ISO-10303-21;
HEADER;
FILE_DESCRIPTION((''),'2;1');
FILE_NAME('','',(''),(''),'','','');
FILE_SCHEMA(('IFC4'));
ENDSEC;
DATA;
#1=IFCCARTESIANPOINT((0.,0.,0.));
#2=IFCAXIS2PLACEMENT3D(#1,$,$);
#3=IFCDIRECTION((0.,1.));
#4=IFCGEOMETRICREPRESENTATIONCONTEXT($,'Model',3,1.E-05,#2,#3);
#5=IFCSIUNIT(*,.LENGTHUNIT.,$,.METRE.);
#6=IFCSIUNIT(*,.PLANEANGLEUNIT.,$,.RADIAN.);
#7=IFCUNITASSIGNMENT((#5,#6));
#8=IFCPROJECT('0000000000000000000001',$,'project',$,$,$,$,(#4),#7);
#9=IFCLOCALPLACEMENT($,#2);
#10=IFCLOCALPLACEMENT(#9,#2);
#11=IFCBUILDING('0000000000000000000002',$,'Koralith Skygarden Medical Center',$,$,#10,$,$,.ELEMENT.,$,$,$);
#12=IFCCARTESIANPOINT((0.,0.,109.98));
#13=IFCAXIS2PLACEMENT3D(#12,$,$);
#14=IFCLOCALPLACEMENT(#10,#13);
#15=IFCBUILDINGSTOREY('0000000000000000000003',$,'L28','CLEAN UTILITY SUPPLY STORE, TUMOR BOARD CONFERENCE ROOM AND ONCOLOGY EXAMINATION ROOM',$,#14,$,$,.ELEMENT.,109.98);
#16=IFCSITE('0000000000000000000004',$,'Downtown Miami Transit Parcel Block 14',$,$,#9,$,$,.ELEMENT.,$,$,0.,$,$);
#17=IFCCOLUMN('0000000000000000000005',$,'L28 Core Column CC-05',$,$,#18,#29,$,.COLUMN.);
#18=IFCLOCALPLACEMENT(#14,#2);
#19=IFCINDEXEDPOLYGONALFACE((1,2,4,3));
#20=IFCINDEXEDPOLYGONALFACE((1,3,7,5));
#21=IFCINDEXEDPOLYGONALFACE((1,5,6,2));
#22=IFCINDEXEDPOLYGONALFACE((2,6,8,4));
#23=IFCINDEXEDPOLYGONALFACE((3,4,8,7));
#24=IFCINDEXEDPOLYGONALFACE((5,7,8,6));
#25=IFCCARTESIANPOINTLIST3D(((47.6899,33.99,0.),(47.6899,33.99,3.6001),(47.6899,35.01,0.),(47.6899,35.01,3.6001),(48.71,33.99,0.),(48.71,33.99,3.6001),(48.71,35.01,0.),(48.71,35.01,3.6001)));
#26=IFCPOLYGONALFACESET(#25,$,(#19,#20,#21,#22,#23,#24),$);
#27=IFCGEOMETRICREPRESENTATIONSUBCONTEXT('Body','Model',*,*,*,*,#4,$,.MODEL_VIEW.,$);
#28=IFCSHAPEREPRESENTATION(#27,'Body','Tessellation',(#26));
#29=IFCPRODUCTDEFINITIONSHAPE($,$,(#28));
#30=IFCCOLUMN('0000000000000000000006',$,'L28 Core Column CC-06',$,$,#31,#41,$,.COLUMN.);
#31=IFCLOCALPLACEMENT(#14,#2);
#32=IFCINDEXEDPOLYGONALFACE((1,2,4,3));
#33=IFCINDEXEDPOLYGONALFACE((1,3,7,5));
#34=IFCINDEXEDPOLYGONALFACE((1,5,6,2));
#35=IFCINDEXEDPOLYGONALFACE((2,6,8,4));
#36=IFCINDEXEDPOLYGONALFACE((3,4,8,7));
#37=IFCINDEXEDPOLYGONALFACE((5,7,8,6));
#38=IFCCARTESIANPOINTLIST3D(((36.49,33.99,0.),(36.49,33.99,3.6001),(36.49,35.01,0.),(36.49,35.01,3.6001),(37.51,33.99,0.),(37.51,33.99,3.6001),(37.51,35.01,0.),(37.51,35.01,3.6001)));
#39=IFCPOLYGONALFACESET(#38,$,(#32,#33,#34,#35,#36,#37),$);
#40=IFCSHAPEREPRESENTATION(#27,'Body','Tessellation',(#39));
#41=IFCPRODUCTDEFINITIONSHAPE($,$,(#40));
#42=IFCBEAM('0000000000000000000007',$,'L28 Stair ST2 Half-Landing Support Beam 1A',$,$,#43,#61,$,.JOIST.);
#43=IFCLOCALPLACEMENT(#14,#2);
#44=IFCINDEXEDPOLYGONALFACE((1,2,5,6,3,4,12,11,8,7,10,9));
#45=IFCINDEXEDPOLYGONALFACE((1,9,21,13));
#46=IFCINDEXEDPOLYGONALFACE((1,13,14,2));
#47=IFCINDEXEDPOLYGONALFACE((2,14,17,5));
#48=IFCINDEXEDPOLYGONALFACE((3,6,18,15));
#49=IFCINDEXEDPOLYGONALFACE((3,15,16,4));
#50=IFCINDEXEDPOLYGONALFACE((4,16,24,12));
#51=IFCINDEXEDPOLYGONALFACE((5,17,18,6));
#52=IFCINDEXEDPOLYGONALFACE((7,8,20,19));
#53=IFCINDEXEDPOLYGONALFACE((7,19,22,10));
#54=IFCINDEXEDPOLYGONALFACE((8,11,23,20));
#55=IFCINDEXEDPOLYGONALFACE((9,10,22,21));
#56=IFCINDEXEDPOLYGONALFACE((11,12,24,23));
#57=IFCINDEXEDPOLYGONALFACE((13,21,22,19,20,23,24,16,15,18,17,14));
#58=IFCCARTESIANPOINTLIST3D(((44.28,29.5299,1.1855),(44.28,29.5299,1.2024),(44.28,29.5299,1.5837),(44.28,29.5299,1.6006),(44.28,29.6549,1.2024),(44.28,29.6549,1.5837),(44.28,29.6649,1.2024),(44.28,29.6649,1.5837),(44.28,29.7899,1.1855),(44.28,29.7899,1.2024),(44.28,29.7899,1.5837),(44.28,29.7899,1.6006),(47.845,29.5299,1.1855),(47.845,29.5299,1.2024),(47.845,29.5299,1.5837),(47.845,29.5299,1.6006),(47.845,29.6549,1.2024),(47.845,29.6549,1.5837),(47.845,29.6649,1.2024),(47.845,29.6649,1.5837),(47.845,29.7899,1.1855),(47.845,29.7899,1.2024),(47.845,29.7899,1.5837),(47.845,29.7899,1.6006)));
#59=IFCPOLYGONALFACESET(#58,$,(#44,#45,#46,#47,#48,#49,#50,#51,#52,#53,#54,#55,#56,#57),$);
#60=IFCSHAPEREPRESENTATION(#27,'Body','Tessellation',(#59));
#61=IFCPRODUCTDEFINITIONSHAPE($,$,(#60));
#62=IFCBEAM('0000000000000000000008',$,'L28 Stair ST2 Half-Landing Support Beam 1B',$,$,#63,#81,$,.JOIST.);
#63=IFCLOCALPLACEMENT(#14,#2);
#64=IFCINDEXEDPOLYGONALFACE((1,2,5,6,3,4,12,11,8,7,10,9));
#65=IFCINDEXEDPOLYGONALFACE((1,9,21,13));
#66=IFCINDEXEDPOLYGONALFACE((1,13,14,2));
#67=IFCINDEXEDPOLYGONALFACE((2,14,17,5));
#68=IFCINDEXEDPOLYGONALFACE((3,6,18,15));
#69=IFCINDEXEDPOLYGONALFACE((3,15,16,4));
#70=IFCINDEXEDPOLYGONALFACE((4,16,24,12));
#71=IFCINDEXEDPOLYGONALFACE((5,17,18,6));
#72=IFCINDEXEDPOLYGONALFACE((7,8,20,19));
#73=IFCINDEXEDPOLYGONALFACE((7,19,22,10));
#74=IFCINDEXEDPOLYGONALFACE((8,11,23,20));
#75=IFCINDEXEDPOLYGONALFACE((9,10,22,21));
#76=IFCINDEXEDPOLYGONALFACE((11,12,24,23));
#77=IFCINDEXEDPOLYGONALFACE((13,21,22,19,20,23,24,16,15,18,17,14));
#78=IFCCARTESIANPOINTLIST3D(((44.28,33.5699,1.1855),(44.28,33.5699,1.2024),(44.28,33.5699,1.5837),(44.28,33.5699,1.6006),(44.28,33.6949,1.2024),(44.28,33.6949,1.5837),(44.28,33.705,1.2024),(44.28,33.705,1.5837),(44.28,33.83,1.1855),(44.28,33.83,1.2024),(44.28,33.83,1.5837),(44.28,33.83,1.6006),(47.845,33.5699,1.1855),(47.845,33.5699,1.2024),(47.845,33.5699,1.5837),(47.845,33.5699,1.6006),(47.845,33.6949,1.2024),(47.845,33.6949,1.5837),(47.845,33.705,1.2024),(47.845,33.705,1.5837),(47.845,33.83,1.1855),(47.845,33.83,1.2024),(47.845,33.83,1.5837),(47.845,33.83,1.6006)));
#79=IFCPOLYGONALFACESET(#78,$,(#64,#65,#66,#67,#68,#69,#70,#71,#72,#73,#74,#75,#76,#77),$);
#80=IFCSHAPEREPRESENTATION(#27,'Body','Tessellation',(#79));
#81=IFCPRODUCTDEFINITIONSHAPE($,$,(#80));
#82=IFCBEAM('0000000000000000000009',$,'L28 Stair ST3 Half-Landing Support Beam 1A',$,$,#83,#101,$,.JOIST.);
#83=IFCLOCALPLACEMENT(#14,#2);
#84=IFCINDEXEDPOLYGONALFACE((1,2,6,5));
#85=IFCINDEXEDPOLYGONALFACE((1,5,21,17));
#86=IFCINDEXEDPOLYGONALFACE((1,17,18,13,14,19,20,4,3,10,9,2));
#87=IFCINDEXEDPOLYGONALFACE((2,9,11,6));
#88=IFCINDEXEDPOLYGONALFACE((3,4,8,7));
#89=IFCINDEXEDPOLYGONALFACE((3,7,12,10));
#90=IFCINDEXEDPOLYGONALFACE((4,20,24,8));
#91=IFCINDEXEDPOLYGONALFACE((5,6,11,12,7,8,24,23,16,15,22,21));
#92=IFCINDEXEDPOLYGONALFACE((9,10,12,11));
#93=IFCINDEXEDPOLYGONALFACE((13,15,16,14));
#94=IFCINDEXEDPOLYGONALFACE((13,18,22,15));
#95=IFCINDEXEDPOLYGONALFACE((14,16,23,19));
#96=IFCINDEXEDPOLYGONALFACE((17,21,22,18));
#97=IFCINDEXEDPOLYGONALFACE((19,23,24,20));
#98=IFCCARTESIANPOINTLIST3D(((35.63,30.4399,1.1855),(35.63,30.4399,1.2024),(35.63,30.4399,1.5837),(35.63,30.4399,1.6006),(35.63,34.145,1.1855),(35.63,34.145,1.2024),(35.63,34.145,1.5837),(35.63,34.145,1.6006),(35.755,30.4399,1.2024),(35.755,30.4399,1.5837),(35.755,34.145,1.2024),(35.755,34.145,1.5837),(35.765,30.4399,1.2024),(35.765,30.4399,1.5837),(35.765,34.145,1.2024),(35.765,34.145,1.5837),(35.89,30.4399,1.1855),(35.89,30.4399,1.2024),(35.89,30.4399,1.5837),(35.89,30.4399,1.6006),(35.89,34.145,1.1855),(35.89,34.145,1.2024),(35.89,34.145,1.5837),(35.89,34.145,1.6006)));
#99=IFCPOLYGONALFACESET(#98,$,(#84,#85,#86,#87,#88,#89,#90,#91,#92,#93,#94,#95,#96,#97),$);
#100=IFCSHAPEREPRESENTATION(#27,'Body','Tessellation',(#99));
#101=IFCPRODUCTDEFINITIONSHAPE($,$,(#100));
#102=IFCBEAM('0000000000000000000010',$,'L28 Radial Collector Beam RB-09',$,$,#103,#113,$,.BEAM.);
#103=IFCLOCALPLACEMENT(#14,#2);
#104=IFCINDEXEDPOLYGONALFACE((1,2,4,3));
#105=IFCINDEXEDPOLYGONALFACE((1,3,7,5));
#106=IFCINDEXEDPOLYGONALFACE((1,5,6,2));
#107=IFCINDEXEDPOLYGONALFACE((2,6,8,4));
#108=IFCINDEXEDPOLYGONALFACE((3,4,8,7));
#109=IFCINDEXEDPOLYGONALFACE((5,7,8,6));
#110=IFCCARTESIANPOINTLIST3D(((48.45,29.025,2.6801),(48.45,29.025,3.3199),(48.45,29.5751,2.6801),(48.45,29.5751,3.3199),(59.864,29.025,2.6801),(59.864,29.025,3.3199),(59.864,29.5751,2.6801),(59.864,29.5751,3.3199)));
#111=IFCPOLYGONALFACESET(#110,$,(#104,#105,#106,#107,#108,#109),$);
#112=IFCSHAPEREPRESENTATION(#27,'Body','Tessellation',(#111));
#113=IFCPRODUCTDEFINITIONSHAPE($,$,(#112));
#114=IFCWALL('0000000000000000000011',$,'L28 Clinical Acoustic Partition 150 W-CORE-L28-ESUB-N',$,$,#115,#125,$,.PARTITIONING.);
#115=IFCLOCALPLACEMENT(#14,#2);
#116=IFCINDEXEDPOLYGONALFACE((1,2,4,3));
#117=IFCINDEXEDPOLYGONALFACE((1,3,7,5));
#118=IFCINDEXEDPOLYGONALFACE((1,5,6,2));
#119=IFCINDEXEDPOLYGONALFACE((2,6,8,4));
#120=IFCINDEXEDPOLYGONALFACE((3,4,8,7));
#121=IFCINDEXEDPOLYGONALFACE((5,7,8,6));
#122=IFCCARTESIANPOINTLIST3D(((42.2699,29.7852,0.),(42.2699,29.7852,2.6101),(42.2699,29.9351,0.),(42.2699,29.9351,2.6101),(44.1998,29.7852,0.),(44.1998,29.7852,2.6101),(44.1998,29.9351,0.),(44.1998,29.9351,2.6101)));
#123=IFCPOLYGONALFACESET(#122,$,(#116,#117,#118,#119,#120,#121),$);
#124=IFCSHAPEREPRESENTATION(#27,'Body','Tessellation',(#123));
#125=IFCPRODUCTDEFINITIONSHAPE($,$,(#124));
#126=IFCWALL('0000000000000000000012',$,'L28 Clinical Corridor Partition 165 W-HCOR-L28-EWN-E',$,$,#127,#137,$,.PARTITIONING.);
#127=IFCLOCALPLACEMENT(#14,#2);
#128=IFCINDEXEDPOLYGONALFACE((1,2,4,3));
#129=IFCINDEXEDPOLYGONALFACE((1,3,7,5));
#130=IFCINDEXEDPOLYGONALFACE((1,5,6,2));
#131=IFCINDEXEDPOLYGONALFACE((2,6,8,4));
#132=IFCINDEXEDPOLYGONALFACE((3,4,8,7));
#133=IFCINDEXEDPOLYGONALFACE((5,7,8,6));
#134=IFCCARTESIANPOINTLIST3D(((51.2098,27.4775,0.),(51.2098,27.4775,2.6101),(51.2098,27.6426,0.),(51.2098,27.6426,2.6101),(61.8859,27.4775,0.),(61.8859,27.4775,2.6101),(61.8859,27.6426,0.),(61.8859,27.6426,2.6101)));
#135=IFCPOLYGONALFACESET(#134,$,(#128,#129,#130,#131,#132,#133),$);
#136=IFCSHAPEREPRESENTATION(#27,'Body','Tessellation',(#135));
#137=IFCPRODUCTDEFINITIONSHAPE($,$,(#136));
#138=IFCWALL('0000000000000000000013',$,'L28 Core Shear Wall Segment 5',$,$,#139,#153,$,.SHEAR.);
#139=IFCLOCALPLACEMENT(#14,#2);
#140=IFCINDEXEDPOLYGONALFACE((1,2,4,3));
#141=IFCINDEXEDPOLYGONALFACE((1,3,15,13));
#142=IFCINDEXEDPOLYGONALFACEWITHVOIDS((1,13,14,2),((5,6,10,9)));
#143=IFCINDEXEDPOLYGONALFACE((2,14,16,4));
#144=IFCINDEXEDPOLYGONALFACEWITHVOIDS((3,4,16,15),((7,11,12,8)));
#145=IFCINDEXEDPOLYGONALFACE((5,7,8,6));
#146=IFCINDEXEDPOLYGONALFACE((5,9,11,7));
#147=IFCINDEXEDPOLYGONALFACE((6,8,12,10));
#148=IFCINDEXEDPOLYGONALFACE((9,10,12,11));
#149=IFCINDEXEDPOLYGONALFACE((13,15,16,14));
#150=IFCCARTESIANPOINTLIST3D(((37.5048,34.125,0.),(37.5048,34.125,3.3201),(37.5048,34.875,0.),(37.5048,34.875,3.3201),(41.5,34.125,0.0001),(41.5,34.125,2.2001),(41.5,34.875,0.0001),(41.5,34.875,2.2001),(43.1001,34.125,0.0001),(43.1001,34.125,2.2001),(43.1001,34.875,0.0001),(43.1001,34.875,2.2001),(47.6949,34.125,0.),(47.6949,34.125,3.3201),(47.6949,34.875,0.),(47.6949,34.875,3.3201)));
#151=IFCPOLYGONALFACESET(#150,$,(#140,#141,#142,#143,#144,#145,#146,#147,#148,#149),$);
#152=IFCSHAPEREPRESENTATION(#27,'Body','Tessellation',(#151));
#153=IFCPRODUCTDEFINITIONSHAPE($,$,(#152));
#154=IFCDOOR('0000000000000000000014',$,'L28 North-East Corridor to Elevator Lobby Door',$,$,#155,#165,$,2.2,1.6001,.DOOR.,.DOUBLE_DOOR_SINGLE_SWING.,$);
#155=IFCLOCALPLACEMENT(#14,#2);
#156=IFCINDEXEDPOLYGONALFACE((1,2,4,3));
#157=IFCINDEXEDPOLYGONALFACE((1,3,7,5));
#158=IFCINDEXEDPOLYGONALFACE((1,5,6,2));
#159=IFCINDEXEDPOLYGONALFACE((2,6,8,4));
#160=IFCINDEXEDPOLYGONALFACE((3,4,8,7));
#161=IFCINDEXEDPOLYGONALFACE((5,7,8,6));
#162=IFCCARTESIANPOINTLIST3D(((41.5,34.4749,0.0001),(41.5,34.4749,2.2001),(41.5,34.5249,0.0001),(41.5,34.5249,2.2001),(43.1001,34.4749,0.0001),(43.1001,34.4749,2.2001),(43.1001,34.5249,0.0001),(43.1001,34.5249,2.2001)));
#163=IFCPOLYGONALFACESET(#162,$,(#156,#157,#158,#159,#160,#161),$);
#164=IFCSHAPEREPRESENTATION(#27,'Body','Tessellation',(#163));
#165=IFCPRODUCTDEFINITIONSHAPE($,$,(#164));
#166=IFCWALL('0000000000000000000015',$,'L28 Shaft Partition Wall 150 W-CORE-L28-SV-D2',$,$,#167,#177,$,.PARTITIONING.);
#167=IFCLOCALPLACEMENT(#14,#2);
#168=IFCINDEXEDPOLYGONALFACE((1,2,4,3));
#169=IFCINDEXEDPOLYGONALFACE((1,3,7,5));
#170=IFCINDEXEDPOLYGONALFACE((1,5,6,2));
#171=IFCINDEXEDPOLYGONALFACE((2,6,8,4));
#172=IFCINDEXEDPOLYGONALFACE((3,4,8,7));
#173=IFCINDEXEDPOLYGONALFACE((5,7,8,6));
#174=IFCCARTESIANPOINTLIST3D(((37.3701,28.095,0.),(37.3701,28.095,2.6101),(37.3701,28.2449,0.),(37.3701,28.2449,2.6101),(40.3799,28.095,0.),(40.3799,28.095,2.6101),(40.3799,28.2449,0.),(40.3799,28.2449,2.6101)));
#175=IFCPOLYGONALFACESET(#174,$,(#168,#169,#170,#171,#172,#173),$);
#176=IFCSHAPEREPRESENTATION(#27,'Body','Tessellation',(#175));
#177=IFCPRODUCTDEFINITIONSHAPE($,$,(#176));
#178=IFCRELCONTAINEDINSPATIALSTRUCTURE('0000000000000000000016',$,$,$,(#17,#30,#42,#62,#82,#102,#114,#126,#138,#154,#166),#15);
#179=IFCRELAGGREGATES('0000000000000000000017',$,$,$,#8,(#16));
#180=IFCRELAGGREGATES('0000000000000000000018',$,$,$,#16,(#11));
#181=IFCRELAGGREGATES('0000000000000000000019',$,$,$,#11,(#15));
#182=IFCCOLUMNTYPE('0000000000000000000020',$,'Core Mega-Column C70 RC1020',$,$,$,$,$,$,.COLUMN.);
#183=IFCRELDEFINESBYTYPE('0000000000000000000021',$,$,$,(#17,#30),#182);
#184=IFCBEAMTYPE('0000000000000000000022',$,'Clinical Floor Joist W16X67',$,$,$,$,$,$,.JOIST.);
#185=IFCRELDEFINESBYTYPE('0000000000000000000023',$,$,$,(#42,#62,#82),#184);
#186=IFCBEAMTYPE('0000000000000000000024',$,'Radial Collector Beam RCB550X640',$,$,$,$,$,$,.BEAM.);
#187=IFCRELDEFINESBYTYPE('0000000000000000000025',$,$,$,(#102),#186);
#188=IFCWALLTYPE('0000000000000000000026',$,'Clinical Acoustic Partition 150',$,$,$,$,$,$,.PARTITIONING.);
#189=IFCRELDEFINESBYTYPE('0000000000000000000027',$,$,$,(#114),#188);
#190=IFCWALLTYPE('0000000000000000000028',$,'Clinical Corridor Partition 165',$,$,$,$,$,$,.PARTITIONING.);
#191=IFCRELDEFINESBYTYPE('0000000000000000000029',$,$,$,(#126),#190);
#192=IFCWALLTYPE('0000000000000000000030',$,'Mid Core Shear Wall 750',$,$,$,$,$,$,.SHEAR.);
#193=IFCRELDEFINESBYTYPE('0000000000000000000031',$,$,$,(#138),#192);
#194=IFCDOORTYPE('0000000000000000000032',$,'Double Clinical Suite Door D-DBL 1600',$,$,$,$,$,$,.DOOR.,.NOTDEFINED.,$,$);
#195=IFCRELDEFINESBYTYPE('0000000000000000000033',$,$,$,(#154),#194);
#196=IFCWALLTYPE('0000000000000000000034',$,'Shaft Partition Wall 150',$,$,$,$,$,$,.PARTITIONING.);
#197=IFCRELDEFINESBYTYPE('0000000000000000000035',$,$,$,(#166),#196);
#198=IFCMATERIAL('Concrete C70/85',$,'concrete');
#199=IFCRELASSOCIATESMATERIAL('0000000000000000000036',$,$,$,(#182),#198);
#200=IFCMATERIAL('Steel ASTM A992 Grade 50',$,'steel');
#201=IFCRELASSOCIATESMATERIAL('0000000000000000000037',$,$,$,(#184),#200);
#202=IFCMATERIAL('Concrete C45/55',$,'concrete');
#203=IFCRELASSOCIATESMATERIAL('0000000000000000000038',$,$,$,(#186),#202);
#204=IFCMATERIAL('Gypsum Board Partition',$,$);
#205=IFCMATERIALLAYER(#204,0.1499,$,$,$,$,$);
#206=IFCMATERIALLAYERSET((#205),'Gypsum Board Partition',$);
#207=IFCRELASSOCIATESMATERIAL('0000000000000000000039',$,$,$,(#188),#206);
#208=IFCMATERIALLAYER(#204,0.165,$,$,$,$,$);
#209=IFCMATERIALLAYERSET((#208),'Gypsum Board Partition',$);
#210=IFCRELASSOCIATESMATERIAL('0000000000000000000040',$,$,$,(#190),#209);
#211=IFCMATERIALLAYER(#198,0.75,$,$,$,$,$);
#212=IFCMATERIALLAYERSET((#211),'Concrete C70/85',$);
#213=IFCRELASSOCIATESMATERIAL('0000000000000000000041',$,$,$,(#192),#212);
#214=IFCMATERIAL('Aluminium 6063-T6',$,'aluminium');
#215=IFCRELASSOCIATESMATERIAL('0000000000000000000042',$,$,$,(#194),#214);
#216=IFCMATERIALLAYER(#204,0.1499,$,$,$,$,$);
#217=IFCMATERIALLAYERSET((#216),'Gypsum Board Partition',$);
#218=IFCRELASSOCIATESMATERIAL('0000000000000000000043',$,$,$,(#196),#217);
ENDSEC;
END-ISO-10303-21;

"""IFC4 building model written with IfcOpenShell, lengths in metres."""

from ifc_helpers import new_model, si_unit, direction, frame, frame_2d, origin, origin_2d, place, context, subcontext, project, spatial, rectangle, i_section, extrude, material, layer, layer_set, material_profile, profile_set, type_object, element, fill, save


model = new_model("IFC4")

# Units and contexts
model_context = context("Model", 3, precision=1e-05, world=origin(), true_north=direction((0.0, 1.0)))
body_context = subcontext(model_context, "Body", "Model", "MODEL_VIEW")
ifc_project = project(units=[si_unit("LENGTHUNIT", "METRE"), si_unit("PLANEANGLEUNIT", "RADIAN")], contexts=[model_context])

# Site, building, storey
site_placement = place(None, origin())
site = spatial("IfcSite", under=ifc_project, at=site_placement, Name="Downtown Miami Transit Parcel Block 14", CompositionType="ELEMENT", RefElevation=0.0)
building_placement = place(site_placement, origin())
building = spatial("IfcBuilding", under=site, at=building_placement, Name="Koralith Skygarden Medical Center", CompositionType="ELEMENT")
storey_placement = place(building_placement, frame((0.0, 0.0, 109.98)))
storey = spatial("IfcBuildingStorey", under=building, at=storey_placement, Name="L28", Description="CLEAN UTILITY SUPPLY STORE, TUMOR BOARD CONFERENCE ROOM AND ONCOLOGY EXAMINATION ROOM", CompositionType="ELEMENT", Elevation=109.98)

# Columns
ifc_material_1 = material(Name="Concrete C70/85", Category="concrete")
ifc_material_profile_1 = material_profile(ifc_material_1, rectangle(XDim=1.02, YDim=1.02, at=origin_2d()), Name="RC1020X1020")
ifc_profile_set_1 = profile_set([ifc_material_profile_1], Name="Concrete C70/85")
column_type = type_object("IfcColumnType", Name="Core Mega-Column C70 RC1020", PredefinedType="COLUMN", material=ifc_profile_set_1)
for number, where, z_axis, x_axis, name in (
    (1, (48.2, 34.5, 0.0), (0.0, 0.0, 1.0), (1.0, 0.0, 0.0), "L28 Core Column CC-05"),
    (2, (37.0, 34.5, 0.0), (0.0, 0.0, 1.0), (1.0, 0.0, 0.0), "L28 Core Column CC-06"),
):
    element("IfcColumn", number, at=place(storey_placement, frame(where, z_axis=z_axis, x_axis=x_axis)), inside=storey, type_object=column_type, Name=name, PredefinedType="COLUMN", context=body_context, shape_type="SweptSolid", body=[
        extrude(rectangle(XDim=1.02, YDim=1.02, at=origin_2d()), origin(), (0.0, 0.0, 1.0), 3.6001),
    ])

# Beams
ifc_material_2 = material(Name="Steel ASTM A992 Grade 50", Category="steel")
ifc_material_profile_2 = material_profile(ifc_material_2, i_section(OverallWidth=0.26, OverallDepth=0.415, WebThickness=0.01, FlangeThickness=0.0168, at=origin_2d()), Name="W16X67")
ifc_profile_set_2 = profile_set([ifc_material_profile_2], Name="Steel ASTM A992 Grade 50")
beam_type_1 = type_object("IfcBeamType", Name="Clinical Floor Joist W16X67", PredefinedType="JOIST", material=ifc_profile_set_2)
for number, where, z_axis, x_axis, name in (
    (3, (44.28, 29.6599, 1.3931), (1.0, 0.0, 0.0), (0.0, 1.0, 0.0), "L28 Stair ST2 Half-Landing Support Beam 1A"),
    (4, (44.28, 33.7, 1.3931), (1.0, 0.0, 0.0), (0.0, 1.0, 0.0), "L28 Stair ST2 Half-Landing Support Beam 1B"),
):
    element("IfcBeam", number, at=place(storey_placement, frame(where, z_axis=z_axis, x_axis=x_axis)), inside=storey, type_object=beam_type_1, Name=name, PredefinedType="JOIST", context=body_context, shape_type="SweptSolid", body=[
        extrude(i_section(OverallWidth=0.26, OverallDepth=0.415, WebThickness=0.01, FlangeThickness=0.0168, at=origin_2d()), origin(), (0.0, 0.0, 1.0), 3.5649),
    ])
beam_1_placement = place(storey_placement, frame((35.76, 30.4399, 1.3931), z_axis=(0.0, 1.0, 0.0), x_axis=(-1.0, 0.0, 0.0)))
element("IfcBeam", 5, at=beam_1_placement, inside=storey, type_object=beam_type_1, Name="L28 Stair ST3 Half-Landing Support Beam 1A", PredefinedType="JOIST", context=body_context, shape_type="SweptSolid", body=[
    extrude(i_section(OverallWidth=0.26, OverallDepth=0.415, WebThickness=0.01, FlangeThickness=0.0168, at=origin_2d()), origin(), (0.0, 0.0, 1.0), 3.7051),
])
ifc_material_3 = material(Name="Concrete C45/55", Category="concrete")
ifc_material_profile_3 = material_profile(ifc_material_3, rectangle(XDim=0.55, YDim=0.6399, at=origin_2d()), Name="RCB550X640")
ifc_profile_set_3 = profile_set([ifc_material_profile_3], Name="Concrete C45/55")
beam_type_2 = type_object("IfcBeamType", Name="Radial Collector Beam RCB550X640", PredefinedType="BEAM", material=ifc_profile_set_3)
beam_2_placement = place(storey_placement, frame((48.45, 29.3, 3.0), z_axis=(1.0, 0.0, 0.0), x_axis=(0.0, 1.0, 0.0)))
element("IfcBeam", 6, at=beam_2_placement, inside=storey, type_object=beam_type_2, Name="L28 Radial Collector Beam RB-09", PredefinedType="BEAM", context=body_context, shape_type="SweptSolid", body=[
    extrude(rectangle(XDim=0.55, YDim=0.6399, at=origin_2d()), origin(), (0.0, 0.0, 1.0), 11.4141),
])

# Walls
ifc_material_4 = material(Name="Gypsum Board Partition")
ifc_layer_1 = layer(ifc_material_4, 0.1499)
ifc_layer_set_1 = layer_set([ifc_layer_1], Name="Gypsum Board Partition")
wall_type_1 = type_object("IfcWallType", Name="Clinical Acoustic Partition 150", PredefinedType="PARTITIONING", material=ifc_layer_set_1)
wall_1_placement = place(storey_placement, frame((42.27, 29.8601, 0.0), z_axis=(0.0, 0.0, 1.0), x_axis=(1.0, 0.0, 0.0)))
element("IfcWall", 7, at=wall_1_placement, inside=storey, type_object=wall_type_1, Name="L28 Clinical Acoustic Partition 150 W-CORE-L28-ESUB-N", PredefinedType="PARTITIONING", context=body_context, shape_type="SweptSolid", body=[
    extrude(rectangle(XDim=1.9299, YDim=0.1499, at=frame_2d((0.9648, 0.0))), origin(), (0.0, 0.0, 1.0), 2.6101),
])
ifc_layer_2 = layer(ifc_material_4, 0.165)
ifc_layer_set_2 = layer_set([ifc_layer_2], Name="Gypsum Board Partition")
wall_type_2 = type_object("IfcWallType", Name="Clinical Corridor Partition 165", PredefinedType="PARTITIONING", material=ifc_layer_set_2)
wall_2_placement = place(storey_placement, frame((51.21, 27.5601, 0.0), z_axis=(0.0, 0.0, 1.0), x_axis=(1.0, 0.0, 0.0)))
element("IfcWall", 8, at=wall_2_placement, inside=storey, type_object=wall_type_2, Name="L28 Clinical Corridor Partition 165 W-HCOR-L28-EWN-E", PredefinedType="PARTITIONING", context=body_context, shape_type="SweptSolid", body=[
    extrude(rectangle(XDim=10.676, YDim=0.165, at=frame_2d((5.3379, 0.0))), origin(), (0.0, 0.0, 1.0), 2.6101),
])

# Wall, opening, door
ifc_layer_3 = layer(ifc_material_1, 0.75)
ifc_layer_set_3 = layer_set([ifc_layer_3], Name="Concrete C70/85")
wall_type_3 = type_object("IfcWallType", Name="Mid Core Shear Wall 750", PredefinedType="SHEAR", material=ifc_layer_set_3)
wall_3_placement = place(storey_placement, frame((47.6951, 34.5, 0.0), z_axis=(0.0, 0.0, 1.0), x_axis=(-1.0, 0.0, 0.0)))
wall_3 = element("IfcWall", 9, at=wall_3_placement, inside=storey, type_object=wall_type_3, Name="L28 Core Shear Wall Segment 5", PredefinedType="SHEAR", context=body_context, shape_type="SweptSolid", body=[
    extrude(rectangle(XDim=10.1902, YDim=0.75, at=frame_2d((5.0952, 0.0))), origin(), (0.0, 0.0, 1.0), 3.3201),
])
opening_1_placement = place(wall_3_placement, frame((4.595, 0.0, 0.0)))
opening_1 = element("IfcOpeningElement", 10, at=opening_1_placement, cuts=wall_3, PredefinedType="OPENING", context=body_context, shape_type="SweptSolid", body=[
    extrude(rectangle(XDim=1.6001, YDim=2.2, at=frame_2d((0.8, 1.1001))), frame((0.0, 0.385, 0.0), z_axis=(0.0, -1.0, 0.0), x_axis=(1.0, 0.0, 0.0)), (0.0, 0.0, 1.0), 0.77),
])
ifc_material_5 = material(Name="Aluminium 6063-T6", Category="aluminium")
door_type_1 = type_object("IfcDoorType", Name="Double Clinical Suite Door D-DBL 1600", OperationType="NOTDEFINED", PredefinedType="DOOR", material=ifc_material_5)
door_1_placement = place(opening_1_placement, frame((1.6001, 0.0, 0.0), z_axis=(0.0, 0.0, 1.0), x_axis=(-1.0, 0.0, 0.0)))
door_1 = element("IfcDoor", 11, at=door_1_placement, inside=storey, type_object=door_type_1, Name="L28 North-East Corridor to Elevator Lobby Door", OperationType="DOUBLE_DOOR_SINGLE_SWING", OverallHeight=2.2, OverallWidth=1.6001, PredefinedType="DOOR", context=body_context, shape_type="SweptSolid", body=[
    extrude(rectangle(XDim=1.6001, YDim=2.2, at=frame_2d((0.8, 1.1001))), frame((0.0, 0.0249, 0.0), z_axis=(0.0, -1.0, 0.0), x_axis=(1.0, 0.0, 0.0)), (0.0, 0.0, 1.0), 0.05),
])
fill(opening_1, door_1)

# Wall
ifc_layer_4 = layer(ifc_material_4, 0.1499)
ifc_layer_set_4 = layer_set([ifc_layer_4], Name="Gypsum Board Partition")
wall_type_4 = type_object("IfcWallType", Name="Shaft Partition Wall 150", PredefinedType="PARTITIONING", material=ifc_layer_set_4)
wall_4_placement = place(storey_placement, frame((37.3701, 28.1699, 0.0), z_axis=(0.0, 0.0, 1.0), x_axis=(1.0, 0.0, 0.0)))
element("IfcWall", 12, at=wall_4_placement, inside=storey, type_object=wall_type_4, Name="L28 Shaft Partition Wall 150 W-CORE-L28-SV-D2", PredefinedType="PARTITIONING", context=body_context, shape_type="SweptSolid", body=[
    extrude(rectangle(XDim=3.0098, YDim=0.1499, at=frame_2d((1.5049, 0.0))), origin(), (0.0, 0.0, 1.0), 2.6101),
])

save(model, "model.ifc")
